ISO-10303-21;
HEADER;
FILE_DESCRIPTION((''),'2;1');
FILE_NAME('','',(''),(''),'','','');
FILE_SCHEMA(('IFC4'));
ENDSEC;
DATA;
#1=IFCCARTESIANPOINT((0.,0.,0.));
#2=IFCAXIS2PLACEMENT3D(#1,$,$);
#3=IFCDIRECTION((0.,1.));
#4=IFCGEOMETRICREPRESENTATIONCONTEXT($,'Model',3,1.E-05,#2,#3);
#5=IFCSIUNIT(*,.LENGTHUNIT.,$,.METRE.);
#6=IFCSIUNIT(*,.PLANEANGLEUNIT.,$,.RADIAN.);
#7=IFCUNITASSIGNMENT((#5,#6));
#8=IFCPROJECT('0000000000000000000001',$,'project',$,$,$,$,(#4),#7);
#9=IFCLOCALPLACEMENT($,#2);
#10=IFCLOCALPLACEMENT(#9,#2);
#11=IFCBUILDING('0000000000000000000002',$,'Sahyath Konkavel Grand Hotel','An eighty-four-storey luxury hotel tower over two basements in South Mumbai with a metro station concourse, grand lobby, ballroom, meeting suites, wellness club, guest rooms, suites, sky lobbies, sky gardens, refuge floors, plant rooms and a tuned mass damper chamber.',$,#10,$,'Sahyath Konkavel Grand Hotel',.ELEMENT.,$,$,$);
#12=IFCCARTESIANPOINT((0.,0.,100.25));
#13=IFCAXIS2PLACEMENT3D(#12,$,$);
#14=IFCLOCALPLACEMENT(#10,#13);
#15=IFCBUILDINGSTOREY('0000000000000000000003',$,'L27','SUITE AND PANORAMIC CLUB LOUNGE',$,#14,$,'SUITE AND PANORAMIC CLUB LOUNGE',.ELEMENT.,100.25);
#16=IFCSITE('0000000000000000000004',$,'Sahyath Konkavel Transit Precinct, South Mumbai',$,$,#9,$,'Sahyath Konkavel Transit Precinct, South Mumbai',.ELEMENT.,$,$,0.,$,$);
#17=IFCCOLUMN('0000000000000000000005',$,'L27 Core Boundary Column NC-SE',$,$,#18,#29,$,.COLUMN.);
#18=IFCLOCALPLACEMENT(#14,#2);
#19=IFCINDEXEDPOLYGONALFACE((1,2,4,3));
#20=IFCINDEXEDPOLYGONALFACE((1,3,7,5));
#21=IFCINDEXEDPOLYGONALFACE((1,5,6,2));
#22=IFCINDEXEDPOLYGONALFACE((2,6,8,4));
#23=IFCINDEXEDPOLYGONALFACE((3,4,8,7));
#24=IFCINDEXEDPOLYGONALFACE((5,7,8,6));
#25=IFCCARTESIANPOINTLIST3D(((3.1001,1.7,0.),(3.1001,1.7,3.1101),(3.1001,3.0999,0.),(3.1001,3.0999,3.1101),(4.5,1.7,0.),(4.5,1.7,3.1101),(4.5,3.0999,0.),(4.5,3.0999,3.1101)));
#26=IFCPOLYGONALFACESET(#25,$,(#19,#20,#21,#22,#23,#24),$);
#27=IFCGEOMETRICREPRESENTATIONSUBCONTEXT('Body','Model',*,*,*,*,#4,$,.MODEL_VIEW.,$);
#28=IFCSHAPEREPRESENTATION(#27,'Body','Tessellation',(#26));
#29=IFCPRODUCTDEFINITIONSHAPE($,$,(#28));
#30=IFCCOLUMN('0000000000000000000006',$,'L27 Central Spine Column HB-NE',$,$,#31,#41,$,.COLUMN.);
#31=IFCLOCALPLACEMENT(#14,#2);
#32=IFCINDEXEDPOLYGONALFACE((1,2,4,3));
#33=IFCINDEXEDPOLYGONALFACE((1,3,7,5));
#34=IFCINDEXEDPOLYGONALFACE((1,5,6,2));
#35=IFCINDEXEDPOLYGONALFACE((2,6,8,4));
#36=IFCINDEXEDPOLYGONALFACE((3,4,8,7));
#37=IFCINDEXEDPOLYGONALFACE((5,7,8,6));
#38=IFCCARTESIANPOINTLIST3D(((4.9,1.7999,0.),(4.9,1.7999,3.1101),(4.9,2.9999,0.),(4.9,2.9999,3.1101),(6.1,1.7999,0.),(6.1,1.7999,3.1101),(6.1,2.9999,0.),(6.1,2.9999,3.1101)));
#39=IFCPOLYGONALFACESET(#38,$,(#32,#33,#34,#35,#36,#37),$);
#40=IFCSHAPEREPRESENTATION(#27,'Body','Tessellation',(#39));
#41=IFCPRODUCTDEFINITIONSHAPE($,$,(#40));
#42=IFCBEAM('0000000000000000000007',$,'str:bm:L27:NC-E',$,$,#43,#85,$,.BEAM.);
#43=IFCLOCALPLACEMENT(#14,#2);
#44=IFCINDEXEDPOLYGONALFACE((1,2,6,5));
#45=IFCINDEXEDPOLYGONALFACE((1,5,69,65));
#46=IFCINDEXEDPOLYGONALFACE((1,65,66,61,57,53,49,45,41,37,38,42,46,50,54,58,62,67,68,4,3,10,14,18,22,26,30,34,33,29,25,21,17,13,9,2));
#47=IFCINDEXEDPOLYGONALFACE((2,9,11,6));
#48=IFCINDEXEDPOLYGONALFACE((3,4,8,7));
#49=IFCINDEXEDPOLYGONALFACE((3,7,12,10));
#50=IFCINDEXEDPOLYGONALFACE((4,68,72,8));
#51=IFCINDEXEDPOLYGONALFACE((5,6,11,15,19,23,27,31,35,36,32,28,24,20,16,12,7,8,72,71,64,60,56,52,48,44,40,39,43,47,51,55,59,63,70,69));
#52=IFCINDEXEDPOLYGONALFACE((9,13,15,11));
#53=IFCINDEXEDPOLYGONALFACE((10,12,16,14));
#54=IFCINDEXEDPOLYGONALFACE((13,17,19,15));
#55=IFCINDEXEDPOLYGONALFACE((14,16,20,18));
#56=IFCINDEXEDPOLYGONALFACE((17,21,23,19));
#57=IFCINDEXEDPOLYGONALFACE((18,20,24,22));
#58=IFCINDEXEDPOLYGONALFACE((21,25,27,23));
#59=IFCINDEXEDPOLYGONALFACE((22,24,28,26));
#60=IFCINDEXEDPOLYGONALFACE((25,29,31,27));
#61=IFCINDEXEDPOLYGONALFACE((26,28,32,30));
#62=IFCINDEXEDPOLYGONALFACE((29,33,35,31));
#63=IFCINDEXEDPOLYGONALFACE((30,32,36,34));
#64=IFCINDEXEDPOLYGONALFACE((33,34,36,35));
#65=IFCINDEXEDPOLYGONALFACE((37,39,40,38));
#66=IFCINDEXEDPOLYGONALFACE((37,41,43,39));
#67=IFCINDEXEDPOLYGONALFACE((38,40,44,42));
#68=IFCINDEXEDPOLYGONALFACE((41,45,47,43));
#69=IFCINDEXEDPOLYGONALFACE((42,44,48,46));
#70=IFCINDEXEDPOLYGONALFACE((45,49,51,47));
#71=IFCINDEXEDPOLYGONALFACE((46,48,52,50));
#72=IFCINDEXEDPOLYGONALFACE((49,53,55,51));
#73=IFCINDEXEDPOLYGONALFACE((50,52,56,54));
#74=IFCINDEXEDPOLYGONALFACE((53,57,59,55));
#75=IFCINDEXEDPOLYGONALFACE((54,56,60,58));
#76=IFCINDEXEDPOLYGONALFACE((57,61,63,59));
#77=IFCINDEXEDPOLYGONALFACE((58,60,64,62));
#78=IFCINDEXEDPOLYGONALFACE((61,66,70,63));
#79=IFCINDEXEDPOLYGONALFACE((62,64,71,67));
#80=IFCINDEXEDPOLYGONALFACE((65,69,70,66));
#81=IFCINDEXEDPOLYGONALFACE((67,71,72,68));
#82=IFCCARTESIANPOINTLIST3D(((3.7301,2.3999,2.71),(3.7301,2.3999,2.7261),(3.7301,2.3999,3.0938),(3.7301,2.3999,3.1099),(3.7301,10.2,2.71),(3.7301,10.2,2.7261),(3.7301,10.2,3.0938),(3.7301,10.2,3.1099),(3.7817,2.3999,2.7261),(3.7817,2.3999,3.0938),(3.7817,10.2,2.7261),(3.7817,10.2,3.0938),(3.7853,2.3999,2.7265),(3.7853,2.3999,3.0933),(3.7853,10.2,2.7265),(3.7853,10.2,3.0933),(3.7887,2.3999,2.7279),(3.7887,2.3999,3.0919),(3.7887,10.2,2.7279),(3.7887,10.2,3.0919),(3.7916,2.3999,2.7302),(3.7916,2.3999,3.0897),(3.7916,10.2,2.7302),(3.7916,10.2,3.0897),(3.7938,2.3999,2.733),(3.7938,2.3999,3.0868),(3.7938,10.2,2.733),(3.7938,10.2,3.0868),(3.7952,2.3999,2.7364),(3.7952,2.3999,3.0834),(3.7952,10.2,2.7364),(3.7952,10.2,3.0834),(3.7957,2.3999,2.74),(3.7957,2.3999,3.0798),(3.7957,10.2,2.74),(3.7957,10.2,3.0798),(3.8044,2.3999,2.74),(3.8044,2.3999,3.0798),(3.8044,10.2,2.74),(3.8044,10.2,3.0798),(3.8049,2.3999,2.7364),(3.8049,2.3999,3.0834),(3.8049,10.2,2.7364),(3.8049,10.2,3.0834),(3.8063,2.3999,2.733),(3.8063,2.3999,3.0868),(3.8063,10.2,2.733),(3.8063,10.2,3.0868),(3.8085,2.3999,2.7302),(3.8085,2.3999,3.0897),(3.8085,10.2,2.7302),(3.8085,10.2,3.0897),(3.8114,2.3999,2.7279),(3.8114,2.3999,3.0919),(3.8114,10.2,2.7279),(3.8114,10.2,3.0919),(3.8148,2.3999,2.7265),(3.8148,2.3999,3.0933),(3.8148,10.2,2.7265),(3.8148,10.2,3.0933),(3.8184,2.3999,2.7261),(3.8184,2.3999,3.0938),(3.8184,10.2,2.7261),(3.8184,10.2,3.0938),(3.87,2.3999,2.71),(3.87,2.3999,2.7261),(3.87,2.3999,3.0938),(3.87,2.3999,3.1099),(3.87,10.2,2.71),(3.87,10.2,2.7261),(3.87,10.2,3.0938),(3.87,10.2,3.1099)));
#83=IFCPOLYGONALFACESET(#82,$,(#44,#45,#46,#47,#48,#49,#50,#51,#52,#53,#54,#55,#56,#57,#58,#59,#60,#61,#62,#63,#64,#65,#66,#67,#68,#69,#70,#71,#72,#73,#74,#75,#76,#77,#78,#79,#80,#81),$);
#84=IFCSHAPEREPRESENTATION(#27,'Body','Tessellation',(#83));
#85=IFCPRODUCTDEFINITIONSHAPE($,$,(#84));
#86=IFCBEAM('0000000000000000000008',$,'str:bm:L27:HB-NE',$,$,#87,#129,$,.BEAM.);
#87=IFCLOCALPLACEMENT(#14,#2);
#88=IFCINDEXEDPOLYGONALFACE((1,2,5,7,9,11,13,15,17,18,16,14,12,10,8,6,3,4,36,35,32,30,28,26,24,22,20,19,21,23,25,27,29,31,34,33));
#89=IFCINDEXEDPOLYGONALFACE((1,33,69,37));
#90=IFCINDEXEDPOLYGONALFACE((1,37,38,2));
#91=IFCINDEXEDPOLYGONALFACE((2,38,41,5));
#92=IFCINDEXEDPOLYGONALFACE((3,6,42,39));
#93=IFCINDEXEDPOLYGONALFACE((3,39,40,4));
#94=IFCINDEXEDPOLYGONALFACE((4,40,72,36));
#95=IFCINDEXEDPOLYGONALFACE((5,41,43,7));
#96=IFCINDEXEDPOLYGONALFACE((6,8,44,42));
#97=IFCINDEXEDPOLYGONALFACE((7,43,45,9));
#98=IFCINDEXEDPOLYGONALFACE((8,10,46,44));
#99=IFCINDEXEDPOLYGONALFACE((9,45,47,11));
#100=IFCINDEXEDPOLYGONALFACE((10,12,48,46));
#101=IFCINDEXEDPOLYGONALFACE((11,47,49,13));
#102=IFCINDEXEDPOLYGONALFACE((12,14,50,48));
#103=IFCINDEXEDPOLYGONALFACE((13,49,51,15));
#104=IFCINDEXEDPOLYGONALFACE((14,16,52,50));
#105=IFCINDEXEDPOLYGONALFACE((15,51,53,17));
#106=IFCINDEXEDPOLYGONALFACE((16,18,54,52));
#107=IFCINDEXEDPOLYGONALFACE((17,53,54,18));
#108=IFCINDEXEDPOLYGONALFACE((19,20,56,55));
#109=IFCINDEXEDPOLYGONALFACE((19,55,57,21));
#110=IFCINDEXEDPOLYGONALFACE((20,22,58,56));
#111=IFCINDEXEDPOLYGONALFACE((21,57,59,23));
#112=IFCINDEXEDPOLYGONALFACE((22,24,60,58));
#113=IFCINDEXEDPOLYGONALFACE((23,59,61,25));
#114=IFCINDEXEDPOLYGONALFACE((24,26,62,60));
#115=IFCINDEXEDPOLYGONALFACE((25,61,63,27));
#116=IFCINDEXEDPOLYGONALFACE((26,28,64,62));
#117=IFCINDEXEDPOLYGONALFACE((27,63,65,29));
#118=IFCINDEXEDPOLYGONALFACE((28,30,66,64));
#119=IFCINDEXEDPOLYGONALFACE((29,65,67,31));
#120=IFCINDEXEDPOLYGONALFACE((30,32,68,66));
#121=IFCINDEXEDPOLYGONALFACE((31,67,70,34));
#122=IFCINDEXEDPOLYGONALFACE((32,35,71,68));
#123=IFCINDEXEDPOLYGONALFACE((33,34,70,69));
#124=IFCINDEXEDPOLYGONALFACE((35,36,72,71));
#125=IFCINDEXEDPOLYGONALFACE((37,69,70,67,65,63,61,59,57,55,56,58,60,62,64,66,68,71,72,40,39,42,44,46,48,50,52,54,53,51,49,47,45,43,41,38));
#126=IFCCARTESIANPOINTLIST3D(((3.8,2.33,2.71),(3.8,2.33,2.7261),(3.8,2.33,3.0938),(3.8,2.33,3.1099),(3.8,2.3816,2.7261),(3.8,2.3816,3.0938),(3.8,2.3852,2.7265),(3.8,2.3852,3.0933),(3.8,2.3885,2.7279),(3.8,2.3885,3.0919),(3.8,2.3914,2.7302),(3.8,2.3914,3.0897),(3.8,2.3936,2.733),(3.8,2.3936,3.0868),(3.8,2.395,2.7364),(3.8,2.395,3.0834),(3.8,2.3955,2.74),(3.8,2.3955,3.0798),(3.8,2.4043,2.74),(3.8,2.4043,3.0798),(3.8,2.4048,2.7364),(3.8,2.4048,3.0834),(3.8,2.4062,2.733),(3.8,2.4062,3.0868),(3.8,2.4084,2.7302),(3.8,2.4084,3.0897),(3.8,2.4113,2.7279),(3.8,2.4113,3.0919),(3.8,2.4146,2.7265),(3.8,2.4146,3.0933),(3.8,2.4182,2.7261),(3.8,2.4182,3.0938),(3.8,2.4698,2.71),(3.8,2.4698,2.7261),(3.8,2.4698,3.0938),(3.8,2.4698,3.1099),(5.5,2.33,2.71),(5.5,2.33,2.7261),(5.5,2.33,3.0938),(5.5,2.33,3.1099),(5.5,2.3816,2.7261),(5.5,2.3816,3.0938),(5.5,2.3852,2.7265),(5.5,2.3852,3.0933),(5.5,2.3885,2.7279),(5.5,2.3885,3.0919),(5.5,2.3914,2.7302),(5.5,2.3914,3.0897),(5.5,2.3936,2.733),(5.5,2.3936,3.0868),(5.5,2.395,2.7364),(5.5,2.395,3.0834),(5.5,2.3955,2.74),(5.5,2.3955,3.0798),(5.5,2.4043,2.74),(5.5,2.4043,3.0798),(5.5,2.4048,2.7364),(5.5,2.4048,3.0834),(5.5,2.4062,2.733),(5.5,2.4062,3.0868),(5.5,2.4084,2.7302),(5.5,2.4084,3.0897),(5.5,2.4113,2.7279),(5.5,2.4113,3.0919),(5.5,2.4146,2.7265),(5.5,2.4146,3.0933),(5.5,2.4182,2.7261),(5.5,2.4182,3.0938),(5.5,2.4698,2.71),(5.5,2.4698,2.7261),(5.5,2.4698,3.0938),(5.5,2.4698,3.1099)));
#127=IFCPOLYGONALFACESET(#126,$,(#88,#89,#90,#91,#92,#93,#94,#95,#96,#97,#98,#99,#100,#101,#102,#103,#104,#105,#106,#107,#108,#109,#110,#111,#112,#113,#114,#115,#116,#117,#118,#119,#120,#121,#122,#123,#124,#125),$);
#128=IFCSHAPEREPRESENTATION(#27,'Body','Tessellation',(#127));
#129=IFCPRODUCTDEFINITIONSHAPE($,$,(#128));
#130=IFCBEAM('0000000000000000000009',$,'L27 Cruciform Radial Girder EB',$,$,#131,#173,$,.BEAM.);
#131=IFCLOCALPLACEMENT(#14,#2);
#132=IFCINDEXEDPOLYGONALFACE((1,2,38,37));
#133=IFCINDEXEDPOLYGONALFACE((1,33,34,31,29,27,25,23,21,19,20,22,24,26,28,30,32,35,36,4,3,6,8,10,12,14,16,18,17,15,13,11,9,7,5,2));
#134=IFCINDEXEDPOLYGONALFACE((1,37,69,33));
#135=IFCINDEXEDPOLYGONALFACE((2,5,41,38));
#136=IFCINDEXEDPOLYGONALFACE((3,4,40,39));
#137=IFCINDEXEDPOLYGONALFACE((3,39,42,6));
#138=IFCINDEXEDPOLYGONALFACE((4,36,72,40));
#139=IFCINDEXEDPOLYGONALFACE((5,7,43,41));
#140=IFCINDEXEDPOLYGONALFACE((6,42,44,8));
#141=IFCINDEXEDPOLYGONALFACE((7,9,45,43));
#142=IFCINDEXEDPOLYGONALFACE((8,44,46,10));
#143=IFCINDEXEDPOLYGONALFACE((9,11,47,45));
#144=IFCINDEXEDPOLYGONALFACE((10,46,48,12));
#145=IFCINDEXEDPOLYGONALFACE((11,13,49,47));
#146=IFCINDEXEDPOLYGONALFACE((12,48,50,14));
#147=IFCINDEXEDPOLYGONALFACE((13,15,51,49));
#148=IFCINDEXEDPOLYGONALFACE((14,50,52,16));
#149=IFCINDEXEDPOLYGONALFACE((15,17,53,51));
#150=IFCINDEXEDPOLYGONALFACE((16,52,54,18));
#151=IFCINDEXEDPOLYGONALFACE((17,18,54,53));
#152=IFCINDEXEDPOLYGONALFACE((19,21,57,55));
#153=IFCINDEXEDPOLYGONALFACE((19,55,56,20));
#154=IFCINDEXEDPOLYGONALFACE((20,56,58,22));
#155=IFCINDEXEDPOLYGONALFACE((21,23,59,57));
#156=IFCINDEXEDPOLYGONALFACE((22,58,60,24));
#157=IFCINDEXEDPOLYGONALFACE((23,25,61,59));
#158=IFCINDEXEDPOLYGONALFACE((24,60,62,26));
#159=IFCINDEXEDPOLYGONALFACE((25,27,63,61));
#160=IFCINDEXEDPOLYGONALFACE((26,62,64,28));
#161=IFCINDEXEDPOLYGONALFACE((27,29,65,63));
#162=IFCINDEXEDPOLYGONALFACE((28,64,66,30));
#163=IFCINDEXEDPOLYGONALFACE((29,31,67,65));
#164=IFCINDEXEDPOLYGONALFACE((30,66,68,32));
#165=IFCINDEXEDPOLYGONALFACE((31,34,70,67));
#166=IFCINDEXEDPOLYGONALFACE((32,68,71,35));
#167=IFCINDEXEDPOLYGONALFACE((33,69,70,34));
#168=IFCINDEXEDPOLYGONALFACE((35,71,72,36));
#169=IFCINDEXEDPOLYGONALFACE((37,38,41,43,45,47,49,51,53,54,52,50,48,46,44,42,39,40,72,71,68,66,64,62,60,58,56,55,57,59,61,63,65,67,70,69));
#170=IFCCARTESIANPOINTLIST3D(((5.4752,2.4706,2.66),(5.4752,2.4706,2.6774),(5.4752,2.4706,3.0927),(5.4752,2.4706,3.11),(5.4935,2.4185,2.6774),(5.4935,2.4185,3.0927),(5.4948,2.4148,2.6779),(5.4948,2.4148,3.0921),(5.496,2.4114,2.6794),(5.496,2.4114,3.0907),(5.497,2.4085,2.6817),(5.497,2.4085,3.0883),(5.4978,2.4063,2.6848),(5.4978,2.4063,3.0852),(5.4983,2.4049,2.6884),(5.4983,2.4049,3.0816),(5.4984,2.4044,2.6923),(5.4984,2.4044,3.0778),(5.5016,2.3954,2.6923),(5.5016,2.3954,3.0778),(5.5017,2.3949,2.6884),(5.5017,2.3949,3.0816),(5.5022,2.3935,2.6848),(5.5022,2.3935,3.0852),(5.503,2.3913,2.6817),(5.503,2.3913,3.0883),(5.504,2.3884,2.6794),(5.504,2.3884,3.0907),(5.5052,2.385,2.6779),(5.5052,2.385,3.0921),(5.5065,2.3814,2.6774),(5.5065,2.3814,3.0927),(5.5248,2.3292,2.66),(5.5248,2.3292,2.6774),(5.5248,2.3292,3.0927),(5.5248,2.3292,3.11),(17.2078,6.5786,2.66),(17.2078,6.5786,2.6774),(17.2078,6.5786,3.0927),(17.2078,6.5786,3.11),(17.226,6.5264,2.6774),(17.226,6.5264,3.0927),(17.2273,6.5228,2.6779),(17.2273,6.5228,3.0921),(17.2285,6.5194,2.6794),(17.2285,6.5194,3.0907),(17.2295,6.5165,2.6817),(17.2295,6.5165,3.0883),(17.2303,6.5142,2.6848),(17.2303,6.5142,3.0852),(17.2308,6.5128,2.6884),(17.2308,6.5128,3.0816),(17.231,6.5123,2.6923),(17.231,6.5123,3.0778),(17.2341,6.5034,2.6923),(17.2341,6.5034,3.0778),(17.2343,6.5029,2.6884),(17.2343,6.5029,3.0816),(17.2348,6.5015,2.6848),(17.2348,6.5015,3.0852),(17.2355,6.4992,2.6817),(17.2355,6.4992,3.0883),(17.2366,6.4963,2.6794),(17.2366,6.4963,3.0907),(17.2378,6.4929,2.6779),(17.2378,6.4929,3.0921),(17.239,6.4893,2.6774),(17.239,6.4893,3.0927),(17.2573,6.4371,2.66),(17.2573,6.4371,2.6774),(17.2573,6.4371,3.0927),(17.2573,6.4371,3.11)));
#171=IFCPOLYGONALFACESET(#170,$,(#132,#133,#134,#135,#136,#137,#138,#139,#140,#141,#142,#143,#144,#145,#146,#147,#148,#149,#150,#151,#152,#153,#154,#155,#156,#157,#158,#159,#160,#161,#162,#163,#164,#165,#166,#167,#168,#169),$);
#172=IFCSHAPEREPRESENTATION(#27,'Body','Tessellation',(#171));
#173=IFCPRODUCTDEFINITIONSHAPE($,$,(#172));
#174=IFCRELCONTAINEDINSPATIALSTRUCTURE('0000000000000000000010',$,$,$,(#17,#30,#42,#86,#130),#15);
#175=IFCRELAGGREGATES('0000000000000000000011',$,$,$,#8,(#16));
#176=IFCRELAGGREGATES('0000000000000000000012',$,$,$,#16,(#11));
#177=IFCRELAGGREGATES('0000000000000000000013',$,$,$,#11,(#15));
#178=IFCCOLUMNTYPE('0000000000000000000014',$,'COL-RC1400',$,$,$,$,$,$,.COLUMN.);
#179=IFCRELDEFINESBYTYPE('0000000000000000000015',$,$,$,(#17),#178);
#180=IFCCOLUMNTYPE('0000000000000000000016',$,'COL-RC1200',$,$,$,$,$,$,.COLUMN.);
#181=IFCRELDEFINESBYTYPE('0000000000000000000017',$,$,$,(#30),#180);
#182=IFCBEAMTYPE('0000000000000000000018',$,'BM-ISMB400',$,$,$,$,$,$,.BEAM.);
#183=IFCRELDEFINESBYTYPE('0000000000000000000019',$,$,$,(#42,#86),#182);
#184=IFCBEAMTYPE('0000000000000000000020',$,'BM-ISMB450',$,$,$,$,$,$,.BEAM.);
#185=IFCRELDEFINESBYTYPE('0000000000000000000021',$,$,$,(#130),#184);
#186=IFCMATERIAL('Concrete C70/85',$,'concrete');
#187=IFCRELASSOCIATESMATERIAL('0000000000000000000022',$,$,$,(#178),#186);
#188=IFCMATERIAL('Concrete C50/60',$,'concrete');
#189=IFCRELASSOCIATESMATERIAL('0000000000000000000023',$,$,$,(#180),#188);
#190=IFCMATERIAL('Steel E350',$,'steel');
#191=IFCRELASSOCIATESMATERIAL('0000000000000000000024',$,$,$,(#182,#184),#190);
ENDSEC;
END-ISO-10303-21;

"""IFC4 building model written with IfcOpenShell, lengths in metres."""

from ifc_helpers import new_model, si_unit, direction, frame, origin, origin_2d, place, context, subcontext, project, spatial, rectangle, i_section, extrude, source, transform, mapped, material, material_profile, profile_set, type_object, element, save


model = new_model("IFC4")

# Units and contexts
model_context = context("Model", 3, precision=1e-05, world=origin(), true_north=direction((0.0, 1.0)))
body_context = subcontext(model_context, "Body", "Model", "MODEL_VIEW")
ifc_project = project(units=[si_unit("LENGTHUNIT", "METRE"), si_unit("PLANEANGLEUNIT", "RADIAN")], contexts=[model_context])

# Site, building, storey
site_placement = place(None, origin())
site = spatial("IfcSite", under=ifc_project, at=site_placement, Name="Sahyath Konkavel Transit Precinct, South Mumbai", LongName="Sahyath Konkavel Transit Precinct, South Mumbai", CompositionType="ELEMENT", RefElevation=0.0)
building_placement = place(site_placement, origin())
building = spatial("IfcBuilding", under=site, at=building_placement, Name="Sahyath Konkavel Grand Hotel", Description="An eighty-four-storey luxury hotel tower over two basements in South Mumbai with a metro station concourse, grand lobby, ballroom, meeting suites, wellness club, guest rooms, suites, sky lobbies, sky gardens, refuge floors, plant rooms and a tuned mass damper chamber.", LongName="Sahyath Konkavel Grand Hotel", CompositionType="ELEMENT")
storey_placement = place(building_placement, frame((0.0, 0.0, 100.25)))
storey = spatial("IfcBuildingStorey", under=building, at=storey_placement, Name="L27", Description="SUITE AND PANORAMIC CLUB LOUNGE", LongName="SUITE AND PANORAMIC CLUB LOUNGE", CompositionType="ELEMENT", Elevation=100.25)

# Columns
ifc_material_1 = material(Name="Concrete C70/85", Category="concrete")
ifc_material_profile_1 = material_profile(ifc_material_1, rectangle(XDim=1.3999, YDim=1.3999, at=origin_2d()), Name="RC 1400x1400")
ifc_profile_set_1 = profile_set([ifc_material_profile_1], Name="Concrete C70/85")
column_type_1 = type_object("IfcColumnType", Name="COL-RC1400", PredefinedType="COLUMN", material=ifc_profile_set_1)
shared_shape_1 = source(origin(), body_context, "Body", "SweptSolid", [
    extrude(rectangle(XDim=1.3999, YDim=1.3999, at=origin_2d()), origin(), (0.0, 0.0, 1.0), 3.1101),
])
column_1_placement = place(storey_placement, frame((3.8, 2.3999, 0.0), z_axis=(0.0, 0.0, 1.0), x_axis=(1.0, 0.0, 0.0)))
element("IfcColumn", 1, at=column_1_placement, inside=storey, type_object=column_type_1, Name="L27 Core Boundary Column NC-SE", PredefinedType="COLUMN", context=body_context, shape_type="MappedRepresentation", body=[
    mapped(shared_shape_1, transform((0.0, 0.0, 0.0), scale=1.0)),
])
ifc_material_2 = material(Name="Concrete C50/60", Category="concrete")
ifc_material_profile_2 = material_profile(ifc_material_2, rectangle(XDim=1.2, YDim=1.2, at=origin_2d()), Name="RC 1200x1200")
ifc_profile_set_2 = profile_set([ifc_material_profile_2], Name="Concrete C50/60")
column_type_2 = type_object("IfcColumnType", Name="COL-RC1200", PredefinedType="COLUMN", material=ifc_profile_set_2)
shared_shape_2 = source(origin(), body_context, "Body", "SweptSolid", [
    extrude(rectangle(XDim=1.2, YDim=1.2, at=origin_2d()), origin(), (0.0, 0.0, 1.0), 3.1101),
])
column_2_placement = place(storey_placement, frame((5.5, 2.3999, 0.0), z_axis=(0.0, 0.0, 1.0), x_axis=(1.0, 0.0, 0.0)))
element("IfcColumn", 2, at=column_2_placement, inside=storey, type_object=column_type_2, Name="L27 Central Spine Column HB-NE", PredefinedType="COLUMN", context=body_context, shape_type="MappedRepresentation", body=[
    mapped(shared_shape_2, transform((0.0, 0.0, 0.0), scale=1.0)),
])

# Beams
ifc_material_3 = material(Name="Steel E350", Category="steel")
ifc_material_profile_3 = material_profile(ifc_material_3, i_section(OverallWidth=0.1399, OverallDepth=0.3999, WebThickness=0.0088, FlangeThickness=0.0161, FilletRadius=0.0139, at=origin_2d()), Name="ISMB 400")
ifc_profile_set_3 = profile_set([ifc_material_profile_3], Name="Steel E350")
beam_type_1 = type_object("IfcBeamType", Name="BM-ISMB400", PredefinedType="BEAM", material=ifc_profile_set_3)
shared_shape_3 = source(origin(), body_context, "Body", "SweptSolid", [
    extrude(i_section(OverallWidth=0.1399, OverallDepth=0.3999, WebThickness=0.0088, FlangeThickness=0.0161, FilletRadius=0.0139, at=origin_2d()), origin(), (0.0, 0.0, 1.0), 7.8),
])
beam_1_placement = place(storey_placement, frame((3.8, 2.3999, 2.9099), z_axis=(0.0, 1.0, 0.0), x_axis=(-1.0, 0.0, 0.0)))
element("IfcBeam", 3, at=beam_1_placement, inside=storey, type_object=beam_type_1, Name="str:bm:L27:NC-E", PredefinedType="BEAM", context=body_context, shape_type="MappedRepresentation", body=[
    mapped(shared_shape_3, transform((0.0, 0.0, 0.0), scale=1.0)),
])
shared_shape_4 = source(origin(), body_context, "Body", "SweptSolid", [
    extrude(i_section(OverallWidth=0.1399, OverallDepth=0.3999, WebThickness=0.0088, FlangeThickness=0.0161, FilletRadius=0.0139, at=origin_2d()), origin(), (0.0, 0.0, 1.0), 1.7),
])
beam_2_placement = place(storey_placement, frame((3.8, 2.3999, 2.9099), z_axis=(1.0, 0.0, 0.0), x_axis=(0.0, 1.0, 0.0)))
element("IfcBeam", 4, at=beam_2_placement, inside=storey, type_object=beam_type_1, Name="str:bm:L27:HB-NE", PredefinedType="BEAM", context=body_context, shape_type="MappedRepresentation", body=[
    mapped(shared_shape_4, transform((0.0, 0.0, 0.0), scale=1.0)),
])
ifc_material_profile_4 = material_profile(ifc_material_3, i_section(OverallWidth=0.1499, OverallDepth=0.45, WebThickness=0.0095, FlangeThickness=0.0173, FilletRadius=0.0149, at=origin_2d()), Name="ISMB 450")
ifc_profile_set_4 = profile_set([ifc_material_profile_4], Name="Steel E350")
beam_type_2 = type_object("IfcBeamType", Name="BM-ISMB450", PredefinedType="BEAM", material=ifc_profile_set_4)
shared_shape_5 = source(origin(), body_context, "Body", "SweptSolid", [
    extrude(i_section(OverallWidth=0.1499, OverallDepth=0.45, WebThickness=0.0095, FlangeThickness=0.0173, FilletRadius=0.0149, at=origin_2d()), origin(), (0.0, 0.0, 1.0), 12.4309),
])
beam_3_placement = place(storey_placement, frame((5.5, 2.3999, 2.885), z_axis=(0.943819, 0.330462, 0.0), x_axis=(-0.330462, 0.943819, 0.0)))
element("IfcBeam", 5, at=beam_3_placement, inside=storey, type_object=beam_type_2, Name="L27 Cruciform Radial Girder EB", PredefinedType="BEAM", context=body_context, shape_type="MappedRepresentation", body=[
    mapped(shared_shape_5, transform((0.0, 0.0, 0.0), scale=1.0)),
])

save(model, "model.ifc")
